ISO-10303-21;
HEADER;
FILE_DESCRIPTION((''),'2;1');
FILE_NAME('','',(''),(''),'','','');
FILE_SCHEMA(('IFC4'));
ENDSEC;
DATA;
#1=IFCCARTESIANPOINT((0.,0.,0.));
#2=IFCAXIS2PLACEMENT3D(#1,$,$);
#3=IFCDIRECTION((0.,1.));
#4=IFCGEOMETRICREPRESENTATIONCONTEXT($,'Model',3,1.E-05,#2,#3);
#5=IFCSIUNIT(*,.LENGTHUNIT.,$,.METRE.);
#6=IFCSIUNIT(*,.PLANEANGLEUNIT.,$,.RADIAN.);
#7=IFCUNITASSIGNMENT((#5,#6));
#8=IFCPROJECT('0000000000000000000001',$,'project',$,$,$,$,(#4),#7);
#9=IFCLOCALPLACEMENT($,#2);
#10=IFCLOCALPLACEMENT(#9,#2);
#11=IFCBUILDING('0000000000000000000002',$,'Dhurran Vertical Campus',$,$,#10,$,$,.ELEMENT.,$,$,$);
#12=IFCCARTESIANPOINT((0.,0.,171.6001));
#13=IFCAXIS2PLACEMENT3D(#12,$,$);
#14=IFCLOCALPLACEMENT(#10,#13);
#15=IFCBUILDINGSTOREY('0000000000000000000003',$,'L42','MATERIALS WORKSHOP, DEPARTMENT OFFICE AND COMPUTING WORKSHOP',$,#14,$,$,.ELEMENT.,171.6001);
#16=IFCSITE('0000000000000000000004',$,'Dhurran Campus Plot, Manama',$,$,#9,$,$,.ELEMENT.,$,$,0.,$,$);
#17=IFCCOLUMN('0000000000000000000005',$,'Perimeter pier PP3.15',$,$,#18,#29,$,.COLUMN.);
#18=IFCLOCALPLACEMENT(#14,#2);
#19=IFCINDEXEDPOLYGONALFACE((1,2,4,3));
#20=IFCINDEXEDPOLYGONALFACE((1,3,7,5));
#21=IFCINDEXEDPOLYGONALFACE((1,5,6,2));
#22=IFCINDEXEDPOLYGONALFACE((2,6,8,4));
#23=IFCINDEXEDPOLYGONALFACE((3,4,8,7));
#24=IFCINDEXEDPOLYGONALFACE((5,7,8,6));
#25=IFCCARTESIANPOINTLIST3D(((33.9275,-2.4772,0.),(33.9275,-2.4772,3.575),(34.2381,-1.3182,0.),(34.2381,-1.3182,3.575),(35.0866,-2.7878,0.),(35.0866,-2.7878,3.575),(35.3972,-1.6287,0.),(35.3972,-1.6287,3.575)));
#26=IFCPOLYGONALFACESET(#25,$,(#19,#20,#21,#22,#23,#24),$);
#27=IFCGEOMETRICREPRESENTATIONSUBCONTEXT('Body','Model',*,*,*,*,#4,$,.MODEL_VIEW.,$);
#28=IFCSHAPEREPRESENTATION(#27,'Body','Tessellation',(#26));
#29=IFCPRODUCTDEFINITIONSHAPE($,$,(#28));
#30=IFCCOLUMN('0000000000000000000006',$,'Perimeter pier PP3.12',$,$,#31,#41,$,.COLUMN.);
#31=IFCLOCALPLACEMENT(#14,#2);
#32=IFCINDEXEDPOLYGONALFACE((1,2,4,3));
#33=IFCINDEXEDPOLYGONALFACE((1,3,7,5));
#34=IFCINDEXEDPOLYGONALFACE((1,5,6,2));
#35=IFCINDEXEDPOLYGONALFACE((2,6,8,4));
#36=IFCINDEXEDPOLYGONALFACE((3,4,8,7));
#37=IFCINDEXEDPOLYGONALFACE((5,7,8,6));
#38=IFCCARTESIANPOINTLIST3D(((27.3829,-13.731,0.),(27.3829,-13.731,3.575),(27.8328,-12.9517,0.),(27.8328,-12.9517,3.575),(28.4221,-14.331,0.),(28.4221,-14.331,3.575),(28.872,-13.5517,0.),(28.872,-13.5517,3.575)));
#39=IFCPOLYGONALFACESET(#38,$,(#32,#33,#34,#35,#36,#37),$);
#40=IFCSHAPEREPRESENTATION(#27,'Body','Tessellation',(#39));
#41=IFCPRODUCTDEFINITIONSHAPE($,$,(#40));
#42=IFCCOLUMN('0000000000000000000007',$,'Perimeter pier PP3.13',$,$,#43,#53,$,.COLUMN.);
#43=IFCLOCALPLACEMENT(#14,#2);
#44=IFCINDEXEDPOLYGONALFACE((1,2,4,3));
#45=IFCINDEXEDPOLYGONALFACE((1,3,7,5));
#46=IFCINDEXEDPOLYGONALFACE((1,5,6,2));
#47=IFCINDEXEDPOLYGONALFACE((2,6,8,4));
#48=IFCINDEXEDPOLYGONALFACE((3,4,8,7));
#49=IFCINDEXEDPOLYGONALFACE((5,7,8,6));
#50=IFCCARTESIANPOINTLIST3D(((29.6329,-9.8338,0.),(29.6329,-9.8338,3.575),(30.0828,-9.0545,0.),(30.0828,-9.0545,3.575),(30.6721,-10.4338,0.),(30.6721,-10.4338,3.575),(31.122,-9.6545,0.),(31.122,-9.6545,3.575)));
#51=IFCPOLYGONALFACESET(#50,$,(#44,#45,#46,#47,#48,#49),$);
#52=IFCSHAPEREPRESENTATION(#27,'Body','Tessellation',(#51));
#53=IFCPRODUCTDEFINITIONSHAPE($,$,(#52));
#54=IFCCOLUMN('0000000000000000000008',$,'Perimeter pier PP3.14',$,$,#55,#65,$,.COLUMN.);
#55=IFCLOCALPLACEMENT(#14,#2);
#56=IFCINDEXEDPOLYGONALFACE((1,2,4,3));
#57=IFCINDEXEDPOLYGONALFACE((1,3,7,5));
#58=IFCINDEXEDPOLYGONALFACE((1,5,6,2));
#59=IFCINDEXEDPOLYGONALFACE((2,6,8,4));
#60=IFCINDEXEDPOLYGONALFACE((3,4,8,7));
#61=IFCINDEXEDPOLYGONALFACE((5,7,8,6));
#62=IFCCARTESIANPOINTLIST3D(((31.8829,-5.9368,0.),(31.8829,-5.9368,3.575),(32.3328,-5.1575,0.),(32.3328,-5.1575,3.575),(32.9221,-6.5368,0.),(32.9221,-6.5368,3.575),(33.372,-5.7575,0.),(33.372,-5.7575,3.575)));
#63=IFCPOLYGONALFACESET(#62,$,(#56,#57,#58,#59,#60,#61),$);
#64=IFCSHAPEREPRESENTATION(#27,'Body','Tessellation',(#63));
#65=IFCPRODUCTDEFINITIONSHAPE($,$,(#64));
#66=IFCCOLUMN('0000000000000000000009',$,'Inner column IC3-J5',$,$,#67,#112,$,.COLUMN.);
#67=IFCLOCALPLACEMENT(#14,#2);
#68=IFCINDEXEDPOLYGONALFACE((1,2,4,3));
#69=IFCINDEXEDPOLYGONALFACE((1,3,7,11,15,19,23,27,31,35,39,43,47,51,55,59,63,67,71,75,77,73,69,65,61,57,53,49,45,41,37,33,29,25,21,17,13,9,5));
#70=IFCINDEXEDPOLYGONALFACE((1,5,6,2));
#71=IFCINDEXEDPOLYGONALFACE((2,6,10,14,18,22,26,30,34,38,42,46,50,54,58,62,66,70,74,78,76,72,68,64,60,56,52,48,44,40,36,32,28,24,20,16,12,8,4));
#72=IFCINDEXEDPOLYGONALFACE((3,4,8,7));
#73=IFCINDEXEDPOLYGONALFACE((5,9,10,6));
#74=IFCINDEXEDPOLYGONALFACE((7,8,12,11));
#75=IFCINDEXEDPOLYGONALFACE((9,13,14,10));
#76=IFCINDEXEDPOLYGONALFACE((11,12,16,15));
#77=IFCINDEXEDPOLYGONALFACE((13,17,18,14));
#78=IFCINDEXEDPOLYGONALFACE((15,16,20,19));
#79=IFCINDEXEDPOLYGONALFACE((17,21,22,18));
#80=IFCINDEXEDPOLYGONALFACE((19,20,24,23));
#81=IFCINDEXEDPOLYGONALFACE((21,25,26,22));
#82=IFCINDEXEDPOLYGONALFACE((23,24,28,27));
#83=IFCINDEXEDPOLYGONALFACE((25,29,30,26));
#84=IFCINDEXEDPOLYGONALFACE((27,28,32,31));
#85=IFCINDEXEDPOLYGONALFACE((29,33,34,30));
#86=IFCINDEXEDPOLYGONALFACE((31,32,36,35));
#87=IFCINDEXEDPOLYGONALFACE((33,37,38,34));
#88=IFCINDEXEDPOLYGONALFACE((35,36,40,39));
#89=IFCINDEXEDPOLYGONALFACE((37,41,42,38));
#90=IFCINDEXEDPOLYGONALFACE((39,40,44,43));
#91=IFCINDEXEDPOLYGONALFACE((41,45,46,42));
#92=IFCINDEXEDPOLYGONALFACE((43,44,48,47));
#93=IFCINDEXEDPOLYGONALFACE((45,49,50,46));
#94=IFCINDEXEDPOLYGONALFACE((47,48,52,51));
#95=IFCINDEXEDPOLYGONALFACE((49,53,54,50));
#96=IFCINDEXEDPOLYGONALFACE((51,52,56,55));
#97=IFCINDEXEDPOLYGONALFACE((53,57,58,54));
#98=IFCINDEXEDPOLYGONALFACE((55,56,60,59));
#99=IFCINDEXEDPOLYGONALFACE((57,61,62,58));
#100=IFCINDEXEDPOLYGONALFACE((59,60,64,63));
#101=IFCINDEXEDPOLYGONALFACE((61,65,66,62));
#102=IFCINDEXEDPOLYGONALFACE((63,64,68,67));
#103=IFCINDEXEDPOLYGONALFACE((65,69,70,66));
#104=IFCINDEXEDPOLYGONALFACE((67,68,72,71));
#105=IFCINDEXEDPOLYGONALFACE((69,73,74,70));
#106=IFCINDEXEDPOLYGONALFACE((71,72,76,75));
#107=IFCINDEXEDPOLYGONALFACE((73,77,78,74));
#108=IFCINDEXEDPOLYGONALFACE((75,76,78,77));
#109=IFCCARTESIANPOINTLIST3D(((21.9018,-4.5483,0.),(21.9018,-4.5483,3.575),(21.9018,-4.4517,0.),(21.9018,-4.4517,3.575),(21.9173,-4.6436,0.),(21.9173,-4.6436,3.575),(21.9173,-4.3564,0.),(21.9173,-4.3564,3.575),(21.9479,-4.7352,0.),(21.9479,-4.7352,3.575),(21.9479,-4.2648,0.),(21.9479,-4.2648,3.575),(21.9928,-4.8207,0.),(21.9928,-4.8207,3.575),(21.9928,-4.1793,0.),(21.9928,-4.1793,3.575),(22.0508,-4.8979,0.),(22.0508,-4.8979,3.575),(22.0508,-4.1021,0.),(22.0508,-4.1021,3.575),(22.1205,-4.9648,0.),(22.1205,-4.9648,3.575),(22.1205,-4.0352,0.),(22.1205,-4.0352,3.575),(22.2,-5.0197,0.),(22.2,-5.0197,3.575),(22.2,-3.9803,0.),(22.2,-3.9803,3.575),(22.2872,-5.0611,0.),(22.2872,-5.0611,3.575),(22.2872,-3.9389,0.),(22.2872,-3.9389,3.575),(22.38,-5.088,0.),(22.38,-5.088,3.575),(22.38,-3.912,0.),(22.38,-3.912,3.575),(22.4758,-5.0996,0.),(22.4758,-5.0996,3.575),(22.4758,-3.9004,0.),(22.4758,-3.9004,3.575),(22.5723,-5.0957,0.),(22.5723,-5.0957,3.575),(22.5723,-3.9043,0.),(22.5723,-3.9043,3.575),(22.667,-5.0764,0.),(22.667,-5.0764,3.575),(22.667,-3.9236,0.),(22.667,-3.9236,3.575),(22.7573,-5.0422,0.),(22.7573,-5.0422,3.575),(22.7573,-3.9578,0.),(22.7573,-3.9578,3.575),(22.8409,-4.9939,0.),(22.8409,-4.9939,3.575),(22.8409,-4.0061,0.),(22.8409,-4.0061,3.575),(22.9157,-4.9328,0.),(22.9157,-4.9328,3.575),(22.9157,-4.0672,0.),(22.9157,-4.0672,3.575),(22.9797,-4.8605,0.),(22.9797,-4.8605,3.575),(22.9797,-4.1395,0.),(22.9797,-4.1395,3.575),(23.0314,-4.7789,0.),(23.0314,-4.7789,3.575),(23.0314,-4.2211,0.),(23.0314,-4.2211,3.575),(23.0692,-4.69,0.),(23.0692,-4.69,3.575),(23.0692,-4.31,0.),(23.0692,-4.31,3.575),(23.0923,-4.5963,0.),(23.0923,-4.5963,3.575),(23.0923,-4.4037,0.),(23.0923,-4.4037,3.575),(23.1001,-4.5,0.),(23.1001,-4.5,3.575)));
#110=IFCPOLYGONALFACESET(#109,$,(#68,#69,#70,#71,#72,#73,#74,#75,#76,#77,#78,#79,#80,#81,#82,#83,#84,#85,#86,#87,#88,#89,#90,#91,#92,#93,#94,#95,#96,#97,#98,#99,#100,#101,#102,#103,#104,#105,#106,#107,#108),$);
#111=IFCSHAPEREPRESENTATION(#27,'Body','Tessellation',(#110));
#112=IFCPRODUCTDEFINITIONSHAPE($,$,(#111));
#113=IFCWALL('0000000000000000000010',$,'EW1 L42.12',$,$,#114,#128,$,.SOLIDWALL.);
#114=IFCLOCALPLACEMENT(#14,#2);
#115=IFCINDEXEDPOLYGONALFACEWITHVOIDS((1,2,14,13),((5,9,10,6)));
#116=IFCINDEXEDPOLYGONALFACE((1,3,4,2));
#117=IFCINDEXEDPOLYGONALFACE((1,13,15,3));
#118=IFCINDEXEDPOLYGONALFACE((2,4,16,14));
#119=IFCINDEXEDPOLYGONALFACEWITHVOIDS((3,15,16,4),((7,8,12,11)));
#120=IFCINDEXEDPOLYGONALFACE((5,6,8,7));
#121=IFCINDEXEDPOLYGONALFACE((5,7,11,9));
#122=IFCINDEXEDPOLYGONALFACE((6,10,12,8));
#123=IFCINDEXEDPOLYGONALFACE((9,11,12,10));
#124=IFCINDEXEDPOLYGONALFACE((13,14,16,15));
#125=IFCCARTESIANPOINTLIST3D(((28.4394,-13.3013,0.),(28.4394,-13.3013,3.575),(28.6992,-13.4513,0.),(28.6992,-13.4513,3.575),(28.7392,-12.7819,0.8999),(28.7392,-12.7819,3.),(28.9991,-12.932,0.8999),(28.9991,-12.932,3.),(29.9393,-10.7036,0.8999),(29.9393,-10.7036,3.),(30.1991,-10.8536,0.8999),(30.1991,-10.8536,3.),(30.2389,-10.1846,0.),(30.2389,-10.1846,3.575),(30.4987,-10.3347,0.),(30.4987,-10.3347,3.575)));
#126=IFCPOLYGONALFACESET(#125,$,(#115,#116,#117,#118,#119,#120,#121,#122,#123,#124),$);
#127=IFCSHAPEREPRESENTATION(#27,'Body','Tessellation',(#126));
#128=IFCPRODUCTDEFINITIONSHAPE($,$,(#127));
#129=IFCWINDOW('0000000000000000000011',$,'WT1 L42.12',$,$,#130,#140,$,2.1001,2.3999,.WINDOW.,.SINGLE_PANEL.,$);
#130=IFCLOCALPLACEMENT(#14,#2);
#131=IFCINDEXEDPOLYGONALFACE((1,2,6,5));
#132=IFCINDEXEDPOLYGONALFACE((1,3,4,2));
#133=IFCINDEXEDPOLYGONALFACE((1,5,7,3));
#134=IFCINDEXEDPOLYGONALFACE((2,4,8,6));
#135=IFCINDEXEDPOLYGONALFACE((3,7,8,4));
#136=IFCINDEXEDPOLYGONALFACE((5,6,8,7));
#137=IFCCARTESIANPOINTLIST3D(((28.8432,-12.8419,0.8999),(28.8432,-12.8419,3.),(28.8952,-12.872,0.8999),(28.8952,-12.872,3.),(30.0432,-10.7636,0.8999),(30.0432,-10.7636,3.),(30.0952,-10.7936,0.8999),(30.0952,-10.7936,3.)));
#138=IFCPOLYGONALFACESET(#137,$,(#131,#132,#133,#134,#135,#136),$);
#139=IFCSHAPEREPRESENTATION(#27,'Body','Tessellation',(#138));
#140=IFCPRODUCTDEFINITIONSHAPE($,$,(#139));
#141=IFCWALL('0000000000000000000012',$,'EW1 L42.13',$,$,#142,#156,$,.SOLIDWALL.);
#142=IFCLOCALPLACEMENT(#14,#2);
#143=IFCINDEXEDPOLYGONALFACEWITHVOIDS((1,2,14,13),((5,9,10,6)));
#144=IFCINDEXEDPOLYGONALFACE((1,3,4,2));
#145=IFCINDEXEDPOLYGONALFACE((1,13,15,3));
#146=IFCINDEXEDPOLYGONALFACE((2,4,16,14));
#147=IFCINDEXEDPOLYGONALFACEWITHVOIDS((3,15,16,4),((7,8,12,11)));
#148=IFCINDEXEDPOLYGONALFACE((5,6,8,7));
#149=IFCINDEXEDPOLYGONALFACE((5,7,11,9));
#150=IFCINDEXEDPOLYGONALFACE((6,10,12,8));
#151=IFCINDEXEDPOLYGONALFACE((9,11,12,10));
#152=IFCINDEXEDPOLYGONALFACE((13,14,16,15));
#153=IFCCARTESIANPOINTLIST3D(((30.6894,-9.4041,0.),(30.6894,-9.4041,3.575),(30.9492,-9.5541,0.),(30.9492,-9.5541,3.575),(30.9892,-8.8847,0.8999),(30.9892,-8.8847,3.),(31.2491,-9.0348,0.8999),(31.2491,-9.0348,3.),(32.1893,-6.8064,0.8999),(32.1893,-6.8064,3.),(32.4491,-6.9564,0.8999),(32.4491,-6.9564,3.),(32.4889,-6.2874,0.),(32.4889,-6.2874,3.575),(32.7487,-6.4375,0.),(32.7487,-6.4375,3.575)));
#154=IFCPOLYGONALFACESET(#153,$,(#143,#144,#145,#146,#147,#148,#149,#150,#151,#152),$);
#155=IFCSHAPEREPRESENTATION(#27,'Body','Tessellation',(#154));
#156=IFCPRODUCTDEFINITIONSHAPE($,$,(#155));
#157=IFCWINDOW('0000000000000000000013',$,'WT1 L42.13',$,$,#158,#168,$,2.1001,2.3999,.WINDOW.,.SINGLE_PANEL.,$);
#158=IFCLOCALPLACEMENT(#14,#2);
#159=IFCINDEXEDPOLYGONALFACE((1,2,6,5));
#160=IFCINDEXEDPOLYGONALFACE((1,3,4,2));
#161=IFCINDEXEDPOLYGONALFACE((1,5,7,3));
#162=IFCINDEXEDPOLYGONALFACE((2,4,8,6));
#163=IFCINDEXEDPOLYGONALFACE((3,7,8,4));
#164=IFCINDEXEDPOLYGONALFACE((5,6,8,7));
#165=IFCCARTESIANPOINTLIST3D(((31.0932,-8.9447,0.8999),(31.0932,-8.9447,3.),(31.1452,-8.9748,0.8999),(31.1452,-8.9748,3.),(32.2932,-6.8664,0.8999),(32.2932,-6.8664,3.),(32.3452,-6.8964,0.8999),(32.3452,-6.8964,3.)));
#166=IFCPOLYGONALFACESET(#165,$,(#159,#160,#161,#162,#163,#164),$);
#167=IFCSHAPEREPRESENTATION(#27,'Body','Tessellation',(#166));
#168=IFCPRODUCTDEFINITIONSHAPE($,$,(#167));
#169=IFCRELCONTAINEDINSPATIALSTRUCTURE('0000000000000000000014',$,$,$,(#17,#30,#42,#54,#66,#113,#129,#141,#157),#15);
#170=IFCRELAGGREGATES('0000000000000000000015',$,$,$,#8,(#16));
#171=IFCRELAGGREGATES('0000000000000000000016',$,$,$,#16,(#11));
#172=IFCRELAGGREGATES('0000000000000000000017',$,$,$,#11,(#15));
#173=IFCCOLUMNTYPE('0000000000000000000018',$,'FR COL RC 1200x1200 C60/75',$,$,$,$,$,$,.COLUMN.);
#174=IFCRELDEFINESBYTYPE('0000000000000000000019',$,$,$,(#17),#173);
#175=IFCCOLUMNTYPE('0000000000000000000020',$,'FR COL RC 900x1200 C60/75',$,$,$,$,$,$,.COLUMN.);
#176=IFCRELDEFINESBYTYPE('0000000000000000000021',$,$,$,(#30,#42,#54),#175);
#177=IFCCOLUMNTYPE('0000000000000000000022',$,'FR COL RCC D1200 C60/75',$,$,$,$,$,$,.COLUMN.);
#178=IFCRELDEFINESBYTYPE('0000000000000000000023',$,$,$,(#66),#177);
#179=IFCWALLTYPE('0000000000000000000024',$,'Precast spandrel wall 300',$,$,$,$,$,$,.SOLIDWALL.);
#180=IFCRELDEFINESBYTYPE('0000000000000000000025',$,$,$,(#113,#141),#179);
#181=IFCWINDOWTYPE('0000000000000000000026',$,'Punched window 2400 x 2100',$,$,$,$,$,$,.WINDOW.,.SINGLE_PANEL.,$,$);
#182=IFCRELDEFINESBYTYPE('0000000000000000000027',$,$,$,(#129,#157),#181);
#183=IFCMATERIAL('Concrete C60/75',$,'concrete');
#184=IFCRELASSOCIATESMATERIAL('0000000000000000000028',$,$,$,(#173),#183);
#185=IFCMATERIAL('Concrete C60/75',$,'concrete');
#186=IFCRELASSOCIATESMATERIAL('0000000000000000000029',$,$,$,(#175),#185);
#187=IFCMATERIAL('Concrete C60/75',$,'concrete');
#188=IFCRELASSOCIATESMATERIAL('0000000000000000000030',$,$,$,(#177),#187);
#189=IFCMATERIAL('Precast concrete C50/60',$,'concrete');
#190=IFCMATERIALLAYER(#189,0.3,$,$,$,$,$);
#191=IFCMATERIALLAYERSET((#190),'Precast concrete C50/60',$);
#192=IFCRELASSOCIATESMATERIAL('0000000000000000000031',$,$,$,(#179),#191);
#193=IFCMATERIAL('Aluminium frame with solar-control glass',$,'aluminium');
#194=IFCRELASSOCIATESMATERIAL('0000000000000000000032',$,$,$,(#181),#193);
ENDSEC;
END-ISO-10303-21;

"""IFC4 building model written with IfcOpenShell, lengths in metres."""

from ifc_helpers import new_model, si_unit, direction, frame, frame_2d, origin, origin_2d, place, context, subcontext, project, spatial, rectangle, circle, extrude, material, layer, layer_set, material_profile, profile_set, type_object, element, fill, save


model = new_model("IFC4")

# Units and contexts
model_context = context("Model", 3, precision=1e-05, world=origin(), true_north=direction((0.0, 1.0)))
body_context = subcontext(model_context, "Body", "Model", "MODEL_VIEW")
ifc_project = project(units=[si_unit("LENGTHUNIT", "METRE"), si_unit("PLANEANGLEUNIT", "RADIAN")], contexts=[model_context])

# Site, building, storey
site_placement = place(None, origin())
site = spatial("IfcSite", under=ifc_project, at=site_placement, Name="Dhurran Campus Plot, Manama", CompositionType="ELEMENT", RefElevation=0.0)
building_placement = place(site_placement, origin())
building = spatial("IfcBuilding", under=site, at=building_placement, Name="Dhurran Vertical Campus", CompositionType="ELEMENT")
storey_placement = place(building_placement, frame((0.0, 0.0, 171.6001)))
storey = spatial("IfcBuildingStorey", under=building, at=storey_placement, Name="L42", Description="MATERIALS WORKSHOP, DEPARTMENT OFFICE AND COMPUTING WORKSHOP", CompositionType="ELEMENT", Elevation=171.6001)

# Columns
ifc_material_1 = material(Name="Concrete C60/75", Category="concrete")
ifc_material_profile_1 = material_profile(ifc_material_1, rectangle(XDim=1.2, YDim=1.2, at=origin_2d()), Name="RC 1200x1200")
ifc_profile_set_1 = profile_set([ifc_material_profile_1], Name="Concrete C60/75")
column_type_1 = type_object("IfcColumnType", Name="FR COL RC 1200x1200 C60/75", PredefinedType="COLUMN", material=ifc_profile_set_1)
column_1_placement = place(storey_placement, frame((34.6624, -2.053, 0.0), z_axis=(0.0, 0.0, 1.0), x_axis=(0.258819, 0.965926, 0.0)))
element("IfcColumn", 1, at=column_1_placement, inside=storey, type_object=column_type_1, Name="Perimeter pier PP3.15", PredefinedType="COLUMN", context=body_context, shape_type="SweptSolid", body=[
    extrude(rectangle(XDim=1.2, YDim=1.2, at=origin_2d()), origin(), (0.0, 0.0, 1.0), 3.575),
])
ifc_material_2 = material(Name="Concrete C60/75", Category="concrete")
ifc_material_profile_2 = material_profile(ifc_material_2, rectangle(XDim=0.8999, YDim=1.2, at=origin_2d()), Name="RC 900x1200")
ifc_profile_set_2 = profile_set([ifc_material_profile_2], Name="Concrete C60/75")
column_type_2 = type_object("IfcColumnType", Name="FR COL RC 900x1200 C60/75", PredefinedType="COLUMN", material=ifc_profile_set_2)
for number, where, z_axis, x_axis, name in (
    (2, (28.1274, -13.6414, 0.0), (0.0, 0.0, 1.0), (0.5, 0.866025, 0.0), "Perimeter pier PP3.12"),
    (3, (30.3774, -9.7441, 0.0), (0.0, 0.0, 1.0), (0.5, 0.866025, 0.0), "Perimeter pier PP3.13"),
    (4, (32.6274, -5.8472, 0.0), (0.0, 0.0, 1.0), (0.5, 0.866025, 0.0), "Perimeter pier PP3.14"),
):
    element("IfcColumn", number, at=place(storey_placement, frame(where, z_axis=z_axis, x_axis=x_axis)), inside=storey, type_object=column_type_2, Name=name, PredefinedType="COLUMN", context=body_context, shape_type="SweptSolid", body=[
        extrude(rectangle(XDim=0.8999, YDim=1.2, at=origin_2d()), origin(), (0.0, 0.0, 1.0), 3.575),
    ])
ifc_material_3 = material(Name="Concrete C60/75", Category="concrete")
ifc_material_profile_3 = material_profile(ifc_material_3, circle(Radius=0.6001, at=origin_2d()), Name="RCC D1200")
ifc_profile_set_3 = profile_set([ifc_material_profile_3], Name="Concrete C60/75")
column_type_3 = type_object("IfcColumnType", Name="FR COL RCC D1200 C60/75", PredefinedType="COLUMN", material=ifc_profile_set_3)
column_2_placement = place(storey_placement, frame((22.5, -4.5, 0.0), z_axis=(0.0, 0.0, 1.0), x_axis=(1.0, 0.0, 0.0)))
element("IfcColumn", 5, at=column_2_placement, inside=storey, type_object=column_type_3, Name="Inner column IC3-J5", PredefinedType="COLUMN", context=body_context, shape_type="SweptSolid", body=[
    extrude(circle(Radius=0.6001, at=origin_2d()), origin(), (0.0, 0.0, 1.0), 3.575),
])

# Walls, openings, windows
ifc_material_4 = material(Name="Precast concrete C50/60", Category="concrete")
ifc_layer_1 = layer(ifc_material_4, 0.3)
ifc_layer_set_1 = layer_set([ifc_layer_1], Name="Precast concrete C50/60")
wall_type_1 = type_object("IfcWallType", Name="Precast spandrel wall 300", PredefinedType="SOLIDWALL", material=ifc_layer_set_1)
wall_1_placement = place(storey_placement, frame((28.5693, -13.3762, 0.0), z_axis=(0.0, 0.0, 1.0), x_axis=(0.500028, 0.866009, 0.0)))
wall_1 = element("IfcWall", 6, at=wall_1_placement, inside=storey, type_object=wall_type_1, Name="EW1 L42.12", PredefinedType="SOLIDWALL", context=body_context, shape_type="SweptSolid", body=[
    extrude(rectangle(XDim=3.5989, YDim=0.3, at=frame_2d((1.7993, 0.0))), origin(), (0.0, 0.0, 1.0), 3.575),
])
opening_1_placement = place(wall_1_placement, frame((0.5996, 0.0, 0.8999)))
opening_1 = element("IfcOpeningElement", 7, at=opening_1_placement, cuts=wall_1, PredefinedType="OPENING", context=body_context, shape_type="SweptSolid", body=[
    extrude(rectangle(XDim=2.3999, YDim=2.1001, at=frame_2d((1.2, 1.05))), frame((0.0, 0.1599, 0.0), z_axis=(0.0, -1.0, 0.0), x_axis=(1.0, 0.0, 0.0)), (0.0, 0.0, 1.0), 0.3201),
])
ifc_material_5 = material(Name="Aluminium frame with solar-control glass", Category="aluminium")
window_type = type_object("IfcWindowType", Name="Punched window 2400 x 2100", PartitioningType="SINGLE_PANEL", PredefinedType="WINDOW", material=ifc_material_5)
window_1_placement = place(opening_1_placement, origin())
window_1 = element("IfcWindow", 8, at=window_1_placement, inside=storey, type_object=window_type, Name="WT1 L42.12", OverallHeight=2.1001, OverallWidth=2.3999, PartitioningType="SINGLE_PANEL", PredefinedType="WINDOW", context=body_context, shape_type="SweptSolid", body=[
    extrude(rectangle(XDim=2.3999, YDim=2.1001, at=frame_2d((1.2, 1.05))), frame((0.0, 0.03, 0.0), z_axis=(0.0, -1.0, 0.0), x_axis=(1.0, 0.0, 0.0)), (0.0, 0.0, 1.0), 0.0601),
])
fill(opening_1, window_1)
wall_2_placement = place(storey_placement, frame((30.8193, -9.479, 0.0), z_axis=(0.0, 0.0, 1.0), x_axis=(0.500028, 0.866009, 0.0)))
wall_2 = element("IfcWall", 9, at=wall_2_placement, inside=storey, type_object=wall_type_1, Name="EW1 L42.13", PredefinedType="SOLIDWALL", context=body_context, shape_type="SweptSolid", body=[
    extrude(rectangle(XDim=3.5989, YDim=0.3, at=frame_2d((1.7993, 0.0))), origin(), (0.0, 0.0, 1.0), 3.575),
])
opening_2_placement = place(wall_2_placement, frame((0.5996, 0.0, 0.8999)))
opening_2 = element("IfcOpeningElement", 10, at=opening_2_placement, cuts=wall_2, PredefinedType="OPENING", context=body_context, shape_type="SweptSolid", body=[
    extrude(rectangle(XDim=2.3999, YDim=2.1001, at=frame_2d((1.2, 1.05))), frame((0.0, 0.1599, 0.0), z_axis=(0.0, -1.0, 0.0), x_axis=(1.0, 0.0, 0.0)), (0.0, 0.0, 1.0), 0.3201),
])
window_2_placement = place(opening_2_placement, origin())
window_2 = element("IfcWindow", 11, at=window_2_placement, inside=storey, type_object=window_type, Name="WT1 L42.13", OverallHeight=2.1001, OverallWidth=2.3999, PartitioningType="SINGLE_PANEL", PredefinedType="WINDOW", context=body_context, shape_type="SweptSolid", body=[
    extrude(rectangle(XDim=2.3999, YDim=2.1001, at=frame_2d((1.2, 1.05))), frame((0.0, 0.03, 0.0), z_axis=(0.0, -1.0, 0.0), x_axis=(1.0, 0.0, 0.0)), (0.0, 0.0, 1.0), 0.0601),
])
fill(opening_2, window_2)

save(model, "model.ifc")
